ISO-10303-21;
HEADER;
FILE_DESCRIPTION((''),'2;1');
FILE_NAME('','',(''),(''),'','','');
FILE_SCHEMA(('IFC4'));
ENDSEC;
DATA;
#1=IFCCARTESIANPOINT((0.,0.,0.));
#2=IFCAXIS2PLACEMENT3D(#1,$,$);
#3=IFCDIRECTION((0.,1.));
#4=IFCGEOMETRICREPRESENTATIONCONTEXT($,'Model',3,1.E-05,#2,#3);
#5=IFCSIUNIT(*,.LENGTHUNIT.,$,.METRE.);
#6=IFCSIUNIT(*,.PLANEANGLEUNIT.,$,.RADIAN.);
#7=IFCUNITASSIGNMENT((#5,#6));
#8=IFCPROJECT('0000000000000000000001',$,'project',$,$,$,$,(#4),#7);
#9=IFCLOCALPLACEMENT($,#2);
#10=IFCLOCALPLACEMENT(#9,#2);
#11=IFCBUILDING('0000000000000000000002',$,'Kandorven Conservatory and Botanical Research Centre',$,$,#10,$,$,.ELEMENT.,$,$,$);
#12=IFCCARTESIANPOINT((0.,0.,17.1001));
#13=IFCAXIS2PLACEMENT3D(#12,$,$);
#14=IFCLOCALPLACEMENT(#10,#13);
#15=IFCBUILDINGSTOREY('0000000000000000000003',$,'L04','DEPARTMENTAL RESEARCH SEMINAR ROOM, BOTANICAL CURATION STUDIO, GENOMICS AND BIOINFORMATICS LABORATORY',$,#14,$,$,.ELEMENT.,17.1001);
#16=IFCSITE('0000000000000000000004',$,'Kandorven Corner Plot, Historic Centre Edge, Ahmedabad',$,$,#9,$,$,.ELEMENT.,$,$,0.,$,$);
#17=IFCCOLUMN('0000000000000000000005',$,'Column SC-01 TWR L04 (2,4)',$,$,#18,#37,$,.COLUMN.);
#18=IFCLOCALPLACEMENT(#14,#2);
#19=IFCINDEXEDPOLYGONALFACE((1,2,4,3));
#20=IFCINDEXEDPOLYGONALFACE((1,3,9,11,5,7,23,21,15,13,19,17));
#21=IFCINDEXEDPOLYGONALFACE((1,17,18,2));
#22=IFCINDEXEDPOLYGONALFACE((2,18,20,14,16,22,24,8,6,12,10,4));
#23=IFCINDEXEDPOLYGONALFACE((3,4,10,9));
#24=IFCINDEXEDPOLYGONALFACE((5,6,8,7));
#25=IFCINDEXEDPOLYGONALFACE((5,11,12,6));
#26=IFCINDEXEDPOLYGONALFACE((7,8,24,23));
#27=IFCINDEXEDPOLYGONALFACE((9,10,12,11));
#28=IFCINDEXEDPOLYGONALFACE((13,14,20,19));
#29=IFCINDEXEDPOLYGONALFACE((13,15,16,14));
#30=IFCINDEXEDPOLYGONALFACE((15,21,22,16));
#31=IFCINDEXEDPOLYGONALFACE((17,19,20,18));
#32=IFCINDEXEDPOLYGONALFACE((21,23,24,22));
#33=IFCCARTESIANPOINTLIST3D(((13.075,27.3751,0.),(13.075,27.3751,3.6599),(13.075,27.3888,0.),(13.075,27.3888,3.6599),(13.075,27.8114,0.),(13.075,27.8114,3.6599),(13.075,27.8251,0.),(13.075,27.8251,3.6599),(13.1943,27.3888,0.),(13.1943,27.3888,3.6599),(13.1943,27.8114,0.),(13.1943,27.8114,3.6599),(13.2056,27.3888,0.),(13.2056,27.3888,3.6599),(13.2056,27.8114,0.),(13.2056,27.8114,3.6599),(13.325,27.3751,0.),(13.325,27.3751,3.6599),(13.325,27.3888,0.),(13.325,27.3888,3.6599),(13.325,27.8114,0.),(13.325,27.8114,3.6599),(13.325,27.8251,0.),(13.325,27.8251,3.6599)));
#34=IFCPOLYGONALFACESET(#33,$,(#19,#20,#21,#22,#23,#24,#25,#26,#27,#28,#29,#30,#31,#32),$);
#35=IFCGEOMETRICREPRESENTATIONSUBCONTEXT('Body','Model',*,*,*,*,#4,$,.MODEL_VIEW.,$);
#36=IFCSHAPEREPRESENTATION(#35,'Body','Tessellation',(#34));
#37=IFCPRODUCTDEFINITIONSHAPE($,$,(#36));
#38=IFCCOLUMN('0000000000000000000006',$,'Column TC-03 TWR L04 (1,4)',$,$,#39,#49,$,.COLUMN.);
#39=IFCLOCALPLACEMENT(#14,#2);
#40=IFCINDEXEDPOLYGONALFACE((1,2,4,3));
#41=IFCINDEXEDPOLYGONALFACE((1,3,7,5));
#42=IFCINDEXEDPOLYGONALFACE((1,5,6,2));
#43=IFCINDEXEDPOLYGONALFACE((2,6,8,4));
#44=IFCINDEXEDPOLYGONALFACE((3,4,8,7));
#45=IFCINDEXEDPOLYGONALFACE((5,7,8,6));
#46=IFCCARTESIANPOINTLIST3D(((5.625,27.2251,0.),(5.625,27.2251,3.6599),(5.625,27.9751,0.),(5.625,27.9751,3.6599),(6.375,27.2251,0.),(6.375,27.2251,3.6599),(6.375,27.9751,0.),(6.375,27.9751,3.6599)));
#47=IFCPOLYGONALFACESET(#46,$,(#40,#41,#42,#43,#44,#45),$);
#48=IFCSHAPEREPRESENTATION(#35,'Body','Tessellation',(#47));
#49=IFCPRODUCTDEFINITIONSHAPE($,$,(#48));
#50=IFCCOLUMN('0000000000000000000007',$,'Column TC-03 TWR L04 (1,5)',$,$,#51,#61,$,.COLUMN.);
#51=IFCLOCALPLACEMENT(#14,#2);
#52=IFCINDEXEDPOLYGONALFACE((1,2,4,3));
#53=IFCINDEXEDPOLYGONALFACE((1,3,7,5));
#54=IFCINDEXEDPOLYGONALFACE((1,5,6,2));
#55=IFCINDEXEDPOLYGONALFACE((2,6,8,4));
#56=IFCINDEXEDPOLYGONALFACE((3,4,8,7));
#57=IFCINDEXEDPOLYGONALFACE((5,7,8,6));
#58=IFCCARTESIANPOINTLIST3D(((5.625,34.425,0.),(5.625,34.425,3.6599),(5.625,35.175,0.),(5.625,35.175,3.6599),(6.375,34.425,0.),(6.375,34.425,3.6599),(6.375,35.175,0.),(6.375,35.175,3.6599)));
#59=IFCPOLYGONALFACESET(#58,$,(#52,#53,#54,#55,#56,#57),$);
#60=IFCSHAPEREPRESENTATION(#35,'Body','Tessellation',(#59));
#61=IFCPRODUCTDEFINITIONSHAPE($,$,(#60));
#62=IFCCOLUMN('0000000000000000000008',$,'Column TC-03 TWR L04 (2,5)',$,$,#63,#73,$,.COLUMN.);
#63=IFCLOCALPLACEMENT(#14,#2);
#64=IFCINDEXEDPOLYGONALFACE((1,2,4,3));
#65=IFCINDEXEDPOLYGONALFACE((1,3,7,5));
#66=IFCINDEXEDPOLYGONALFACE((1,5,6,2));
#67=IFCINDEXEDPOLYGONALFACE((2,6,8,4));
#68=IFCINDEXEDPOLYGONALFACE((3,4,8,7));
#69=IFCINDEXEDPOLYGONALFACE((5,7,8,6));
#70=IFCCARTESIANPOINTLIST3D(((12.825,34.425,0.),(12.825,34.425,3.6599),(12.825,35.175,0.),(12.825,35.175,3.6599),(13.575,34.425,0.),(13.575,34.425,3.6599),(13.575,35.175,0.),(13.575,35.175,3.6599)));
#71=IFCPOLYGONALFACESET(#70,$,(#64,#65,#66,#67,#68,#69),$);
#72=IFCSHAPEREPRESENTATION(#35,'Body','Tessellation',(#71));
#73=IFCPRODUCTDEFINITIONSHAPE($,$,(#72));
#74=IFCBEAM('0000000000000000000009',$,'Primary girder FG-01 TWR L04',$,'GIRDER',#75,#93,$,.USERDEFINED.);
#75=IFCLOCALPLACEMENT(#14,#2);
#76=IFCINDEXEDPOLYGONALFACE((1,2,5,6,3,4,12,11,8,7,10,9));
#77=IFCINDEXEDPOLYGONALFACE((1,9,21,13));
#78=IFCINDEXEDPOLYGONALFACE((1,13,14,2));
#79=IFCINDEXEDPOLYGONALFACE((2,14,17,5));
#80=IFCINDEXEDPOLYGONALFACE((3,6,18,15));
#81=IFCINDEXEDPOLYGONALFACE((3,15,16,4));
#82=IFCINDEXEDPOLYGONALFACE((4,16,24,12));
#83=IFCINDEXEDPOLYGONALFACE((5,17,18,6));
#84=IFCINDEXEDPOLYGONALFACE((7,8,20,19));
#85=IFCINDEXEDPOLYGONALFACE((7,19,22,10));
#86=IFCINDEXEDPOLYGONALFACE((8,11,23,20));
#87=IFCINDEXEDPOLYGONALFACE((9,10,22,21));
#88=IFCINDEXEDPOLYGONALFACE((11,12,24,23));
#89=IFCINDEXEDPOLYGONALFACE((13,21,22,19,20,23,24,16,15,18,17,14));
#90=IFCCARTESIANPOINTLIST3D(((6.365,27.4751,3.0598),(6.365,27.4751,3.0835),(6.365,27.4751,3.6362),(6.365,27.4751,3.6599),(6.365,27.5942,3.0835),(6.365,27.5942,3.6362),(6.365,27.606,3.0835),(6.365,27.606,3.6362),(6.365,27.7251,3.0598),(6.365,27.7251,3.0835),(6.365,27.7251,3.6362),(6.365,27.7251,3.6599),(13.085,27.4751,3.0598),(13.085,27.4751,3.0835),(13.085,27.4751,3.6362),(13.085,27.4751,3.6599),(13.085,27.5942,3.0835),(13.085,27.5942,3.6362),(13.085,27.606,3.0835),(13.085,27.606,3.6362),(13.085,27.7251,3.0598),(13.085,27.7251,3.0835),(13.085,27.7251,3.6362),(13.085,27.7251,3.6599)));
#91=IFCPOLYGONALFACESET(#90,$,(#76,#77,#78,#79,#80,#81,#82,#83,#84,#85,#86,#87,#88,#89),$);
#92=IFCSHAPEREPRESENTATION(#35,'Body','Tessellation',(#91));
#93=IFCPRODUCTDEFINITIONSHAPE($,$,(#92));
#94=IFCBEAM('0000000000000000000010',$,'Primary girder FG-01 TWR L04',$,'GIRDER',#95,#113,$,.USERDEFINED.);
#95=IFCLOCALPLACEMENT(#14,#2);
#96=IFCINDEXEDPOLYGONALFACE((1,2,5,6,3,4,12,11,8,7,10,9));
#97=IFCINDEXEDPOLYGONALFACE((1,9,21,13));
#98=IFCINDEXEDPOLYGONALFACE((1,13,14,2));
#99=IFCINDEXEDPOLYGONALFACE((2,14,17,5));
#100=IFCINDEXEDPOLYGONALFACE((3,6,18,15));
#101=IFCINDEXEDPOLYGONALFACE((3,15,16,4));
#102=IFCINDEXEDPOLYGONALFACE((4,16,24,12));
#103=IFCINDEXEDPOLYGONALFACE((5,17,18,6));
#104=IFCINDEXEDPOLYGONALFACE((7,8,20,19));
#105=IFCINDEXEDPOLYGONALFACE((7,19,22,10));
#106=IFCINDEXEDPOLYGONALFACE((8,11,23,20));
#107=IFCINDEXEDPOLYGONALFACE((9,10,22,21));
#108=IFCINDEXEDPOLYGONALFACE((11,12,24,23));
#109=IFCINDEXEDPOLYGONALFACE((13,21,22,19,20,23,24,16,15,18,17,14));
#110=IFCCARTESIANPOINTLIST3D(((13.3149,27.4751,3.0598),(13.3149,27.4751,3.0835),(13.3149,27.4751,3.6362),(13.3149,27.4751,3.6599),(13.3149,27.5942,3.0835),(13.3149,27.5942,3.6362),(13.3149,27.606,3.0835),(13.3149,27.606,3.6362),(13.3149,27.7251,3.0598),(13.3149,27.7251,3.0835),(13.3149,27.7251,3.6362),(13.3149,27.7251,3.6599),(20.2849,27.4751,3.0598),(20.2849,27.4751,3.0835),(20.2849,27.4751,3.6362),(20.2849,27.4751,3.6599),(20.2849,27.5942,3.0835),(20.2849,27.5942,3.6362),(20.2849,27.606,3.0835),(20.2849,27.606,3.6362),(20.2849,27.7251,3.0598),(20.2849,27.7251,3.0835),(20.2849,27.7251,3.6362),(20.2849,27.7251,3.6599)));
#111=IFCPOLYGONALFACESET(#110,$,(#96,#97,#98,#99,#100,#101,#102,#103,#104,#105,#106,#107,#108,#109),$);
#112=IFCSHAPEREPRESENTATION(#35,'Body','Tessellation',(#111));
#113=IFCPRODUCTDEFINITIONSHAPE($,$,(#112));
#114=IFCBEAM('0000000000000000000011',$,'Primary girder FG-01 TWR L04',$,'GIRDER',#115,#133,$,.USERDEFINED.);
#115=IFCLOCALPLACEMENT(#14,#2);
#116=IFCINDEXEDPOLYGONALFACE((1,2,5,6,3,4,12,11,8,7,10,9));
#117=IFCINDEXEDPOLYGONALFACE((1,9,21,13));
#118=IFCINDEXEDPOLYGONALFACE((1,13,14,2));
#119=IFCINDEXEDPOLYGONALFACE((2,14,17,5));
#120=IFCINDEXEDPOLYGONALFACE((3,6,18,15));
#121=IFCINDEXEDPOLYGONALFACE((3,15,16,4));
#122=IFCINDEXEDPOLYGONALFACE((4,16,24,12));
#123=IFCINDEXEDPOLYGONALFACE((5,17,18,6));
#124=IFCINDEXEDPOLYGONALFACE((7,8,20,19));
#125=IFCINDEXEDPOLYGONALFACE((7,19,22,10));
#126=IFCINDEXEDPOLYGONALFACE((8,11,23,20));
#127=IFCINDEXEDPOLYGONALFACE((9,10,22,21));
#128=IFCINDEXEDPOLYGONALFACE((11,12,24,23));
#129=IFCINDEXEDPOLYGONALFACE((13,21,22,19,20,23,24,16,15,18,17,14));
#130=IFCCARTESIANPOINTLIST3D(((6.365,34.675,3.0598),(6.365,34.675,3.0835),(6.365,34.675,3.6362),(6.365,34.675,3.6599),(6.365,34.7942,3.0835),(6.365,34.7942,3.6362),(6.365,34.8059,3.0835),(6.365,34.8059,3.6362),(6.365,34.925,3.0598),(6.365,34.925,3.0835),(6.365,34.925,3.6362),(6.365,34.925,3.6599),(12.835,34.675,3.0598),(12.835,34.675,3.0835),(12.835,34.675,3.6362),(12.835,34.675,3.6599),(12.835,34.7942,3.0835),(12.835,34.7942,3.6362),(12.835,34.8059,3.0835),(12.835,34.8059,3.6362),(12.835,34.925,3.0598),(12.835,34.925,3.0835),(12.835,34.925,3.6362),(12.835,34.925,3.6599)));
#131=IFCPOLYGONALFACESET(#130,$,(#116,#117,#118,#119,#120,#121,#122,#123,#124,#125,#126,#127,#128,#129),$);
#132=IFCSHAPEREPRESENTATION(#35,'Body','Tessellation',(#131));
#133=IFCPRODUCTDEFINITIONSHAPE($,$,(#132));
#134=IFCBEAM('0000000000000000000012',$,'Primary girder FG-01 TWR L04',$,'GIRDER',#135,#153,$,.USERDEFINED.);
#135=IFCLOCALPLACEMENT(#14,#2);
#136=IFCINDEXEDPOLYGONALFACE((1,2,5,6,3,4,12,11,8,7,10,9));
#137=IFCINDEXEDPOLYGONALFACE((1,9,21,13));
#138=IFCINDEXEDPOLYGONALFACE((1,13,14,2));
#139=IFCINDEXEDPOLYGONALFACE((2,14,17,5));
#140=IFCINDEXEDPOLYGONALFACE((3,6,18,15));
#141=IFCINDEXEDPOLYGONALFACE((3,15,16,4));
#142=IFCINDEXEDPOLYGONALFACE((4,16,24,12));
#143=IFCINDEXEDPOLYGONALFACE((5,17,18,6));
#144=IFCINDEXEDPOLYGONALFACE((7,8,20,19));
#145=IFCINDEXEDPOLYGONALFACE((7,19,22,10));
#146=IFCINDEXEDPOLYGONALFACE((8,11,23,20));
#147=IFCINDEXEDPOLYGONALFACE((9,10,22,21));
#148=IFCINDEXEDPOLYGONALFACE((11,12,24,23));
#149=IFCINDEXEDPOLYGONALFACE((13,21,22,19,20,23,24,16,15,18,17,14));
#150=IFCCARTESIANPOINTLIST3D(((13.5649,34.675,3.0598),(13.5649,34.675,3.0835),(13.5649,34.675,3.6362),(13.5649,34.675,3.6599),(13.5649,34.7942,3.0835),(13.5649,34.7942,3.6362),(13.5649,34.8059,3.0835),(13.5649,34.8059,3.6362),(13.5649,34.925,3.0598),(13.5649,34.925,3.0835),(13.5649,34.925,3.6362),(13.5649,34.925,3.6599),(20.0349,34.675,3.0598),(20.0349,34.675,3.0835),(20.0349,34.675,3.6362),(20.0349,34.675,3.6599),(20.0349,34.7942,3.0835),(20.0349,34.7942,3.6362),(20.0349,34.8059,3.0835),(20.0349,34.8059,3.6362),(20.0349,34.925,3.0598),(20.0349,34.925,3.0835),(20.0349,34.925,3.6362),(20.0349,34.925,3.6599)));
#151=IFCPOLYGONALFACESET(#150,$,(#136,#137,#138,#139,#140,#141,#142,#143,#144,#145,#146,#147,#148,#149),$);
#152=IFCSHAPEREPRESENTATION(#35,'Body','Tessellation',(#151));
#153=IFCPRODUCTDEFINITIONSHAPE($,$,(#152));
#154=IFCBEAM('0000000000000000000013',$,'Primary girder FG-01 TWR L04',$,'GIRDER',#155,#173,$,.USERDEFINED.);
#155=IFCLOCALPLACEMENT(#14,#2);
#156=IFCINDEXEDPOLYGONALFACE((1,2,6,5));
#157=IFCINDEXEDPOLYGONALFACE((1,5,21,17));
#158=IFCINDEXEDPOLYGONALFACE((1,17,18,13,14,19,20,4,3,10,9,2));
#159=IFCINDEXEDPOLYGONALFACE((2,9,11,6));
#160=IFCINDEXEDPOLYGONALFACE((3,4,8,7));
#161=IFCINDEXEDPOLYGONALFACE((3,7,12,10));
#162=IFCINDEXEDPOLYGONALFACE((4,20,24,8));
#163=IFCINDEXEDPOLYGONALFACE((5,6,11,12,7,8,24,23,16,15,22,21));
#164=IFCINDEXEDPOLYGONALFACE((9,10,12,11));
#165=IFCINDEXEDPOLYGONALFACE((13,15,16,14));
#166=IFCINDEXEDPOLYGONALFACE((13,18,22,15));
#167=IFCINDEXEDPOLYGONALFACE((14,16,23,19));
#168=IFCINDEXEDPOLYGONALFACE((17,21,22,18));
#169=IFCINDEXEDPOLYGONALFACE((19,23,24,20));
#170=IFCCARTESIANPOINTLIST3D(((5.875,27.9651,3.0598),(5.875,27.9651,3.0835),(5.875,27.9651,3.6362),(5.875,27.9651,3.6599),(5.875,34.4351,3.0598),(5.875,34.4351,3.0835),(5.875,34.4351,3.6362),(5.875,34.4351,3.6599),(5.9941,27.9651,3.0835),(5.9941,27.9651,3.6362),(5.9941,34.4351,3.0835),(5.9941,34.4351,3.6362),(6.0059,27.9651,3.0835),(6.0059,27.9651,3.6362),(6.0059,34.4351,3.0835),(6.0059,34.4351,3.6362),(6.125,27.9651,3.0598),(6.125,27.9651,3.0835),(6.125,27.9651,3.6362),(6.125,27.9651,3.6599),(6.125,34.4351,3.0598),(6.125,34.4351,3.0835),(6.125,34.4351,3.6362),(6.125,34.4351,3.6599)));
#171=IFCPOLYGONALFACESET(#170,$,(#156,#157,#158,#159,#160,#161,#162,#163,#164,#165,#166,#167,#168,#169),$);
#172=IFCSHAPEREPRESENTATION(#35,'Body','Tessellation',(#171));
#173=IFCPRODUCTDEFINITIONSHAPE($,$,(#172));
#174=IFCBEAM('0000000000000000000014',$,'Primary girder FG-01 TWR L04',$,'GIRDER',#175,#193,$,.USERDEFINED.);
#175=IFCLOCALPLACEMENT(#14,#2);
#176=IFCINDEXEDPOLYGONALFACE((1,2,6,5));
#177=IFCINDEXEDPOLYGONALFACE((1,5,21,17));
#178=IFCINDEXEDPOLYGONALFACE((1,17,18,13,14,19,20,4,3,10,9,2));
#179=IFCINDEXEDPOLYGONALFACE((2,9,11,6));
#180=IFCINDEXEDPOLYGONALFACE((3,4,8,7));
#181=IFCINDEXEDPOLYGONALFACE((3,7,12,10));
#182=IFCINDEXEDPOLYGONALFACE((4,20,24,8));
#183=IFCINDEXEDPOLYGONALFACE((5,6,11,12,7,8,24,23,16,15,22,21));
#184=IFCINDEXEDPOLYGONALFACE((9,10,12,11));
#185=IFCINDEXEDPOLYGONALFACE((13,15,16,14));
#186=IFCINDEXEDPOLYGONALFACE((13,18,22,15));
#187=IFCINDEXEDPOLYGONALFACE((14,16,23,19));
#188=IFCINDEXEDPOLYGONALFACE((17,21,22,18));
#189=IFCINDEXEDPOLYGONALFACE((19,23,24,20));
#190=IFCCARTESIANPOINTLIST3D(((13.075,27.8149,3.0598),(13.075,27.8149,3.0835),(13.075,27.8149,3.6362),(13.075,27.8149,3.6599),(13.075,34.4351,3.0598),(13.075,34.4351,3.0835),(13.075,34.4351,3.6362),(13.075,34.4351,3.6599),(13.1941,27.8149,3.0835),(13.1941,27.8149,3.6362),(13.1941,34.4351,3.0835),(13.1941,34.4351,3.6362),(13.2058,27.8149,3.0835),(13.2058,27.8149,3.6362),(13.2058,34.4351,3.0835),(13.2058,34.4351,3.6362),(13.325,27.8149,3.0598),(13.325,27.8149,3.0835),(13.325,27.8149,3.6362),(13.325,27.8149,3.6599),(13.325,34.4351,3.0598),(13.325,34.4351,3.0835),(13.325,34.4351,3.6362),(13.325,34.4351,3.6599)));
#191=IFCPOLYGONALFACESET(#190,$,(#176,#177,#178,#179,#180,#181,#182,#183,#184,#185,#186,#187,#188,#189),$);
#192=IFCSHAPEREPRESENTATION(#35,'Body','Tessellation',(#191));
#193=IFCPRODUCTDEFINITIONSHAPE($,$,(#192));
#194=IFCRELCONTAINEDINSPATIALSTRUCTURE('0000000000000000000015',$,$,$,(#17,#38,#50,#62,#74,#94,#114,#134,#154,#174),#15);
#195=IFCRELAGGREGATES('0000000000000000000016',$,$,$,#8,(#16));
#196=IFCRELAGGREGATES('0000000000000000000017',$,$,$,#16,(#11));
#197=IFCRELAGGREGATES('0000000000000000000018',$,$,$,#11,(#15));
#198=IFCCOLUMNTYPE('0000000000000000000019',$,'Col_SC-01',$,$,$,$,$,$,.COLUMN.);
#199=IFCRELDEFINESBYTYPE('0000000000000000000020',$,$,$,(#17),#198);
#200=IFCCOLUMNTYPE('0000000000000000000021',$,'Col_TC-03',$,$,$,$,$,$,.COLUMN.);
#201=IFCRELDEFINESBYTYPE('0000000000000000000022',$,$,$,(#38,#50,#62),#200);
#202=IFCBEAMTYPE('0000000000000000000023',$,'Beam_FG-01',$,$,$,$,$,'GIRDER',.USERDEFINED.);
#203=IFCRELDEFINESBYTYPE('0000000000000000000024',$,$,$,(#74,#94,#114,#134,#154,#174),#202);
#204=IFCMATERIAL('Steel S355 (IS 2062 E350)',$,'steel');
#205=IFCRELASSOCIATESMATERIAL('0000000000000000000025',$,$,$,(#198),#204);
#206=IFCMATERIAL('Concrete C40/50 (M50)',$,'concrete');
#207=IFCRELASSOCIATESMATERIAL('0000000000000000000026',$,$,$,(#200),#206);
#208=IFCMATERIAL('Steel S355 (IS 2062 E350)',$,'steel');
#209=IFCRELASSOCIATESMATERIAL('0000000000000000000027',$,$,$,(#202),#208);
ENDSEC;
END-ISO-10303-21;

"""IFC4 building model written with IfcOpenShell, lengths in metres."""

from ifc_helpers import new_model, si_unit, direction, frame, origin, origin_2d, place, context, subcontext, project, spatial, rectangle, i_section, extrude, material, material_profile, profile_set, type_object, element, save


model = new_model("IFC4")

# Units and contexts
model_context = context("Model", 3, precision=1e-05, world=origin(), true_north=direction((0.0, 1.0)))
body_context = subcontext(model_context, "Body", "Model", "MODEL_VIEW")
ifc_project = project(units=[si_unit("LENGTHUNIT", "METRE"), si_unit("PLANEANGLEUNIT", "RADIAN")], contexts=[model_context])

# Site, building, storey
site_placement = place(None, origin())
site = spatial("IfcSite", under=ifc_project, at=site_placement, Name="Kandorven Corner Plot, Historic Centre Edge, Ahmedabad", CompositionType="ELEMENT", RefElevation=0.0)
building_placement = place(site_placement, origin())
building = spatial("IfcBuilding", under=site, at=building_placement, Name="Kandorven Conservatory and Botanical Research Centre", CompositionType="ELEMENT")
storey_placement = place(building_placement, frame((0.0, 0.0, 17.1001)))
storey = spatial("IfcBuildingStorey", under=building, at=storey_placement, Name="L04", Description="DEPARTMENTAL RESEARCH SEMINAR ROOM, BOTANICAL CURATION STUDIO, GENOMICS AND BIOINFORMATICS LABORATORY", CompositionType="ELEMENT", Elevation=17.1001)

# Columns
ifc_material_1 = material(Name="Steel S355 (IS 2062 E350)", Category="steel")
ifc_material_profile_1 = material_profile(ifc_material_1, i_section(OverallWidth=0.25, OverallDepth=0.45, WebThickness=0.0112, FlangeThickness=0.0137, at=origin_2d()))
ifc_profile_set_1 = profile_set([ifc_material_profile_1], Name="Steel S355 (IS 2062 E350)")
column_type_1 = type_object("IfcColumnType", Name="Col_SC-01", PredefinedType="COLUMN", material=ifc_profile_set_1)
column_placement = place(storey_placement, frame((13.2, 27.6001, 0.0), z_axis=(0.0, 0.0, 1.0), x_axis=(1.0, 0.0, 0.0)))
element("IfcColumn", 1, at=column_placement, inside=storey, type_object=column_type_1, Name="Column SC-01 TWR L04 (2,4)", PredefinedType="COLUMN", context=body_context, shape_type="SweptSolid", body=[
    extrude(i_section(OverallWidth=0.25, OverallDepth=0.45, WebThickness=0.0112, FlangeThickness=0.0137, at=origin_2d()), origin(), (0.0, 0.0, 1.0), 3.6599),
])
ifc_material_2 = material(Name="Concrete C40/50 (M50)", Category="concrete")
ifc_material_profile_2 = material_profile(ifc_material_2, rectangle(XDim=0.75, YDim=0.75, at=origin_2d()))
ifc_profile_set_2 = profile_set([ifc_material_profile_2], Name="Concrete C40/50 (M50)")
column_type_2 = type_object("IfcColumnType", Name="Col_TC-03", PredefinedType="COLUMN", material=ifc_profile_set_2)
for number, where, z_axis, x_axis, name in (
    (2, (6.0, 27.6001, 0.0), (0.0, 0.0, 1.0), (1.0, 0.0, 0.0), "Column TC-03 TWR L04 (1,4)"),
    (3, (6.0, 34.8, 0.0), (0.0, 0.0, 1.0), (1.0, 0.0, 0.0), "Column TC-03 TWR L04 (1,5)"),
    (4, (13.2, 34.8, 0.0), (0.0, 0.0, 1.0), (1.0, 0.0, 0.0), "Column TC-03 TWR L04 (2,5)"),
):
    element("IfcColumn", number, at=place(storey_placement, frame(where, z_axis=z_axis, x_axis=x_axis)), inside=storey, type_object=column_type_2, Name=name, PredefinedType="COLUMN", context=body_context, shape_type="SweptSolid", body=[
        extrude(rectangle(XDim=0.75, YDim=0.75, at=origin_2d()), origin(), (0.0, 0.0, 1.0), 3.6599),
    ])

# Beams
ifc_material_3 = material(Name="Steel S355 (IS 2062 E350)", Category="steel")
ifc_material_profile_3 = material_profile(ifc_material_3, i_section(OverallWidth=0.25, OverallDepth=0.6001, WebThickness=0.0117, FlangeThickness=0.0237, at=origin_2d()))
ifc_profile_set_3 = profile_set([ifc_material_profile_3], Name="Steel S355 (IS 2062 E350)")
beam_type_1 = type_object("IfcBeamType", Name="Beam_FG-01", ElementType="GIRDER", PredefinedType="USERDEFINED", material=ifc_profile_set_3)
beam_1_placement = place(storey_placement, frame((6.365, 27.6001, 3.3599), z_axis=(1.0, 0.0, 0.0), x_axis=(0.0, 1.0, 0.0)))
element("IfcBeam", 5, at=beam_1_placement, inside=storey, type_object=beam_type_1, Name="Primary girder FG-01 TWR L04", ObjectType="GIRDER", PredefinedType="USERDEFINED", context=body_context, shape_type="SweptSolid", body=[
    extrude(i_section(OverallWidth=0.25, OverallDepth=0.6001, WebThickness=0.0117, FlangeThickness=0.0237, at=origin_2d()), origin(), (0.0, 0.0, 1.0), 6.72),
])
beam_2_placement = place(storey_placement, frame((13.3149, 27.6001, 3.3599), z_axis=(1.0, 0.0, 0.0), x_axis=(0.0, 1.0, 0.0)))
element("IfcBeam", 6, at=beam_2_placement, inside=storey, type_object=beam_type_1, Name="Primary girder FG-01 TWR L04", ObjectType="GIRDER", PredefinedType="USERDEFINED", context=body_context, shape_type="SweptSolid", body=[
    extrude(i_section(OverallWidth=0.25, OverallDepth=0.6001, WebThickness=0.0117, FlangeThickness=0.0237, at=origin_2d()), origin(), (0.0, 0.0, 1.0), 6.97),
])
for number, where, z_axis, x_axis, name in (
    (7, (6.365, 34.8, 3.3599), (1.0, 0.0, 0.0), (0.0, 1.0, 0.0), "Primary girder FG-01 TWR L04"),
    (8, (13.5649, 34.8, 3.3599), (1.0, 0.0, 0.0), (0.0, 1.0, 0.0), "Primary girder FG-01 TWR L04"),
    (9, (6.0, 27.9651, 3.3599), (0.0, 1.0, 0.0), (-1.0, 0.0, 0.0), "Primary girder FG-01 TWR L04"),
):
    element("IfcBeam", number, at=place(storey_placement, frame(where, z_axis=z_axis, x_axis=x_axis)), inside=storey, type_object=beam_type_1, Name=name, ObjectType="GIRDER", PredefinedType="USERDEFINED", context=body_context, shape_type="SweptSolid", body=[
        extrude(i_section(OverallWidth=0.25, OverallDepth=0.6001, WebThickness=0.0117, FlangeThickness=0.0237, at=origin_2d()), origin(), (0.0, 0.0, 1.0), 6.47),
    ])
beam_3_placement = place(storey_placement, frame((13.2, 27.8149, 3.3599), z_axis=(0.0, 1.0, 0.0), x_axis=(-1.0, 0.0, 0.0)))
element("IfcBeam", 10, at=beam_3_placement, inside=storey, type_object=beam_type_1, Name="Primary girder FG-01 TWR L04", ObjectType="GIRDER", PredefinedType="USERDEFINED", context=body_context, shape_type="SweptSolid", body=[
    extrude(i_section(OverallWidth=0.25, OverallDepth=0.6001, WebThickness=0.0117, FlangeThickness=0.0237, at=origin_2d()), origin(), (0.0, 0.0, 1.0), 6.6201),
])

save(model, "model.ifc")
